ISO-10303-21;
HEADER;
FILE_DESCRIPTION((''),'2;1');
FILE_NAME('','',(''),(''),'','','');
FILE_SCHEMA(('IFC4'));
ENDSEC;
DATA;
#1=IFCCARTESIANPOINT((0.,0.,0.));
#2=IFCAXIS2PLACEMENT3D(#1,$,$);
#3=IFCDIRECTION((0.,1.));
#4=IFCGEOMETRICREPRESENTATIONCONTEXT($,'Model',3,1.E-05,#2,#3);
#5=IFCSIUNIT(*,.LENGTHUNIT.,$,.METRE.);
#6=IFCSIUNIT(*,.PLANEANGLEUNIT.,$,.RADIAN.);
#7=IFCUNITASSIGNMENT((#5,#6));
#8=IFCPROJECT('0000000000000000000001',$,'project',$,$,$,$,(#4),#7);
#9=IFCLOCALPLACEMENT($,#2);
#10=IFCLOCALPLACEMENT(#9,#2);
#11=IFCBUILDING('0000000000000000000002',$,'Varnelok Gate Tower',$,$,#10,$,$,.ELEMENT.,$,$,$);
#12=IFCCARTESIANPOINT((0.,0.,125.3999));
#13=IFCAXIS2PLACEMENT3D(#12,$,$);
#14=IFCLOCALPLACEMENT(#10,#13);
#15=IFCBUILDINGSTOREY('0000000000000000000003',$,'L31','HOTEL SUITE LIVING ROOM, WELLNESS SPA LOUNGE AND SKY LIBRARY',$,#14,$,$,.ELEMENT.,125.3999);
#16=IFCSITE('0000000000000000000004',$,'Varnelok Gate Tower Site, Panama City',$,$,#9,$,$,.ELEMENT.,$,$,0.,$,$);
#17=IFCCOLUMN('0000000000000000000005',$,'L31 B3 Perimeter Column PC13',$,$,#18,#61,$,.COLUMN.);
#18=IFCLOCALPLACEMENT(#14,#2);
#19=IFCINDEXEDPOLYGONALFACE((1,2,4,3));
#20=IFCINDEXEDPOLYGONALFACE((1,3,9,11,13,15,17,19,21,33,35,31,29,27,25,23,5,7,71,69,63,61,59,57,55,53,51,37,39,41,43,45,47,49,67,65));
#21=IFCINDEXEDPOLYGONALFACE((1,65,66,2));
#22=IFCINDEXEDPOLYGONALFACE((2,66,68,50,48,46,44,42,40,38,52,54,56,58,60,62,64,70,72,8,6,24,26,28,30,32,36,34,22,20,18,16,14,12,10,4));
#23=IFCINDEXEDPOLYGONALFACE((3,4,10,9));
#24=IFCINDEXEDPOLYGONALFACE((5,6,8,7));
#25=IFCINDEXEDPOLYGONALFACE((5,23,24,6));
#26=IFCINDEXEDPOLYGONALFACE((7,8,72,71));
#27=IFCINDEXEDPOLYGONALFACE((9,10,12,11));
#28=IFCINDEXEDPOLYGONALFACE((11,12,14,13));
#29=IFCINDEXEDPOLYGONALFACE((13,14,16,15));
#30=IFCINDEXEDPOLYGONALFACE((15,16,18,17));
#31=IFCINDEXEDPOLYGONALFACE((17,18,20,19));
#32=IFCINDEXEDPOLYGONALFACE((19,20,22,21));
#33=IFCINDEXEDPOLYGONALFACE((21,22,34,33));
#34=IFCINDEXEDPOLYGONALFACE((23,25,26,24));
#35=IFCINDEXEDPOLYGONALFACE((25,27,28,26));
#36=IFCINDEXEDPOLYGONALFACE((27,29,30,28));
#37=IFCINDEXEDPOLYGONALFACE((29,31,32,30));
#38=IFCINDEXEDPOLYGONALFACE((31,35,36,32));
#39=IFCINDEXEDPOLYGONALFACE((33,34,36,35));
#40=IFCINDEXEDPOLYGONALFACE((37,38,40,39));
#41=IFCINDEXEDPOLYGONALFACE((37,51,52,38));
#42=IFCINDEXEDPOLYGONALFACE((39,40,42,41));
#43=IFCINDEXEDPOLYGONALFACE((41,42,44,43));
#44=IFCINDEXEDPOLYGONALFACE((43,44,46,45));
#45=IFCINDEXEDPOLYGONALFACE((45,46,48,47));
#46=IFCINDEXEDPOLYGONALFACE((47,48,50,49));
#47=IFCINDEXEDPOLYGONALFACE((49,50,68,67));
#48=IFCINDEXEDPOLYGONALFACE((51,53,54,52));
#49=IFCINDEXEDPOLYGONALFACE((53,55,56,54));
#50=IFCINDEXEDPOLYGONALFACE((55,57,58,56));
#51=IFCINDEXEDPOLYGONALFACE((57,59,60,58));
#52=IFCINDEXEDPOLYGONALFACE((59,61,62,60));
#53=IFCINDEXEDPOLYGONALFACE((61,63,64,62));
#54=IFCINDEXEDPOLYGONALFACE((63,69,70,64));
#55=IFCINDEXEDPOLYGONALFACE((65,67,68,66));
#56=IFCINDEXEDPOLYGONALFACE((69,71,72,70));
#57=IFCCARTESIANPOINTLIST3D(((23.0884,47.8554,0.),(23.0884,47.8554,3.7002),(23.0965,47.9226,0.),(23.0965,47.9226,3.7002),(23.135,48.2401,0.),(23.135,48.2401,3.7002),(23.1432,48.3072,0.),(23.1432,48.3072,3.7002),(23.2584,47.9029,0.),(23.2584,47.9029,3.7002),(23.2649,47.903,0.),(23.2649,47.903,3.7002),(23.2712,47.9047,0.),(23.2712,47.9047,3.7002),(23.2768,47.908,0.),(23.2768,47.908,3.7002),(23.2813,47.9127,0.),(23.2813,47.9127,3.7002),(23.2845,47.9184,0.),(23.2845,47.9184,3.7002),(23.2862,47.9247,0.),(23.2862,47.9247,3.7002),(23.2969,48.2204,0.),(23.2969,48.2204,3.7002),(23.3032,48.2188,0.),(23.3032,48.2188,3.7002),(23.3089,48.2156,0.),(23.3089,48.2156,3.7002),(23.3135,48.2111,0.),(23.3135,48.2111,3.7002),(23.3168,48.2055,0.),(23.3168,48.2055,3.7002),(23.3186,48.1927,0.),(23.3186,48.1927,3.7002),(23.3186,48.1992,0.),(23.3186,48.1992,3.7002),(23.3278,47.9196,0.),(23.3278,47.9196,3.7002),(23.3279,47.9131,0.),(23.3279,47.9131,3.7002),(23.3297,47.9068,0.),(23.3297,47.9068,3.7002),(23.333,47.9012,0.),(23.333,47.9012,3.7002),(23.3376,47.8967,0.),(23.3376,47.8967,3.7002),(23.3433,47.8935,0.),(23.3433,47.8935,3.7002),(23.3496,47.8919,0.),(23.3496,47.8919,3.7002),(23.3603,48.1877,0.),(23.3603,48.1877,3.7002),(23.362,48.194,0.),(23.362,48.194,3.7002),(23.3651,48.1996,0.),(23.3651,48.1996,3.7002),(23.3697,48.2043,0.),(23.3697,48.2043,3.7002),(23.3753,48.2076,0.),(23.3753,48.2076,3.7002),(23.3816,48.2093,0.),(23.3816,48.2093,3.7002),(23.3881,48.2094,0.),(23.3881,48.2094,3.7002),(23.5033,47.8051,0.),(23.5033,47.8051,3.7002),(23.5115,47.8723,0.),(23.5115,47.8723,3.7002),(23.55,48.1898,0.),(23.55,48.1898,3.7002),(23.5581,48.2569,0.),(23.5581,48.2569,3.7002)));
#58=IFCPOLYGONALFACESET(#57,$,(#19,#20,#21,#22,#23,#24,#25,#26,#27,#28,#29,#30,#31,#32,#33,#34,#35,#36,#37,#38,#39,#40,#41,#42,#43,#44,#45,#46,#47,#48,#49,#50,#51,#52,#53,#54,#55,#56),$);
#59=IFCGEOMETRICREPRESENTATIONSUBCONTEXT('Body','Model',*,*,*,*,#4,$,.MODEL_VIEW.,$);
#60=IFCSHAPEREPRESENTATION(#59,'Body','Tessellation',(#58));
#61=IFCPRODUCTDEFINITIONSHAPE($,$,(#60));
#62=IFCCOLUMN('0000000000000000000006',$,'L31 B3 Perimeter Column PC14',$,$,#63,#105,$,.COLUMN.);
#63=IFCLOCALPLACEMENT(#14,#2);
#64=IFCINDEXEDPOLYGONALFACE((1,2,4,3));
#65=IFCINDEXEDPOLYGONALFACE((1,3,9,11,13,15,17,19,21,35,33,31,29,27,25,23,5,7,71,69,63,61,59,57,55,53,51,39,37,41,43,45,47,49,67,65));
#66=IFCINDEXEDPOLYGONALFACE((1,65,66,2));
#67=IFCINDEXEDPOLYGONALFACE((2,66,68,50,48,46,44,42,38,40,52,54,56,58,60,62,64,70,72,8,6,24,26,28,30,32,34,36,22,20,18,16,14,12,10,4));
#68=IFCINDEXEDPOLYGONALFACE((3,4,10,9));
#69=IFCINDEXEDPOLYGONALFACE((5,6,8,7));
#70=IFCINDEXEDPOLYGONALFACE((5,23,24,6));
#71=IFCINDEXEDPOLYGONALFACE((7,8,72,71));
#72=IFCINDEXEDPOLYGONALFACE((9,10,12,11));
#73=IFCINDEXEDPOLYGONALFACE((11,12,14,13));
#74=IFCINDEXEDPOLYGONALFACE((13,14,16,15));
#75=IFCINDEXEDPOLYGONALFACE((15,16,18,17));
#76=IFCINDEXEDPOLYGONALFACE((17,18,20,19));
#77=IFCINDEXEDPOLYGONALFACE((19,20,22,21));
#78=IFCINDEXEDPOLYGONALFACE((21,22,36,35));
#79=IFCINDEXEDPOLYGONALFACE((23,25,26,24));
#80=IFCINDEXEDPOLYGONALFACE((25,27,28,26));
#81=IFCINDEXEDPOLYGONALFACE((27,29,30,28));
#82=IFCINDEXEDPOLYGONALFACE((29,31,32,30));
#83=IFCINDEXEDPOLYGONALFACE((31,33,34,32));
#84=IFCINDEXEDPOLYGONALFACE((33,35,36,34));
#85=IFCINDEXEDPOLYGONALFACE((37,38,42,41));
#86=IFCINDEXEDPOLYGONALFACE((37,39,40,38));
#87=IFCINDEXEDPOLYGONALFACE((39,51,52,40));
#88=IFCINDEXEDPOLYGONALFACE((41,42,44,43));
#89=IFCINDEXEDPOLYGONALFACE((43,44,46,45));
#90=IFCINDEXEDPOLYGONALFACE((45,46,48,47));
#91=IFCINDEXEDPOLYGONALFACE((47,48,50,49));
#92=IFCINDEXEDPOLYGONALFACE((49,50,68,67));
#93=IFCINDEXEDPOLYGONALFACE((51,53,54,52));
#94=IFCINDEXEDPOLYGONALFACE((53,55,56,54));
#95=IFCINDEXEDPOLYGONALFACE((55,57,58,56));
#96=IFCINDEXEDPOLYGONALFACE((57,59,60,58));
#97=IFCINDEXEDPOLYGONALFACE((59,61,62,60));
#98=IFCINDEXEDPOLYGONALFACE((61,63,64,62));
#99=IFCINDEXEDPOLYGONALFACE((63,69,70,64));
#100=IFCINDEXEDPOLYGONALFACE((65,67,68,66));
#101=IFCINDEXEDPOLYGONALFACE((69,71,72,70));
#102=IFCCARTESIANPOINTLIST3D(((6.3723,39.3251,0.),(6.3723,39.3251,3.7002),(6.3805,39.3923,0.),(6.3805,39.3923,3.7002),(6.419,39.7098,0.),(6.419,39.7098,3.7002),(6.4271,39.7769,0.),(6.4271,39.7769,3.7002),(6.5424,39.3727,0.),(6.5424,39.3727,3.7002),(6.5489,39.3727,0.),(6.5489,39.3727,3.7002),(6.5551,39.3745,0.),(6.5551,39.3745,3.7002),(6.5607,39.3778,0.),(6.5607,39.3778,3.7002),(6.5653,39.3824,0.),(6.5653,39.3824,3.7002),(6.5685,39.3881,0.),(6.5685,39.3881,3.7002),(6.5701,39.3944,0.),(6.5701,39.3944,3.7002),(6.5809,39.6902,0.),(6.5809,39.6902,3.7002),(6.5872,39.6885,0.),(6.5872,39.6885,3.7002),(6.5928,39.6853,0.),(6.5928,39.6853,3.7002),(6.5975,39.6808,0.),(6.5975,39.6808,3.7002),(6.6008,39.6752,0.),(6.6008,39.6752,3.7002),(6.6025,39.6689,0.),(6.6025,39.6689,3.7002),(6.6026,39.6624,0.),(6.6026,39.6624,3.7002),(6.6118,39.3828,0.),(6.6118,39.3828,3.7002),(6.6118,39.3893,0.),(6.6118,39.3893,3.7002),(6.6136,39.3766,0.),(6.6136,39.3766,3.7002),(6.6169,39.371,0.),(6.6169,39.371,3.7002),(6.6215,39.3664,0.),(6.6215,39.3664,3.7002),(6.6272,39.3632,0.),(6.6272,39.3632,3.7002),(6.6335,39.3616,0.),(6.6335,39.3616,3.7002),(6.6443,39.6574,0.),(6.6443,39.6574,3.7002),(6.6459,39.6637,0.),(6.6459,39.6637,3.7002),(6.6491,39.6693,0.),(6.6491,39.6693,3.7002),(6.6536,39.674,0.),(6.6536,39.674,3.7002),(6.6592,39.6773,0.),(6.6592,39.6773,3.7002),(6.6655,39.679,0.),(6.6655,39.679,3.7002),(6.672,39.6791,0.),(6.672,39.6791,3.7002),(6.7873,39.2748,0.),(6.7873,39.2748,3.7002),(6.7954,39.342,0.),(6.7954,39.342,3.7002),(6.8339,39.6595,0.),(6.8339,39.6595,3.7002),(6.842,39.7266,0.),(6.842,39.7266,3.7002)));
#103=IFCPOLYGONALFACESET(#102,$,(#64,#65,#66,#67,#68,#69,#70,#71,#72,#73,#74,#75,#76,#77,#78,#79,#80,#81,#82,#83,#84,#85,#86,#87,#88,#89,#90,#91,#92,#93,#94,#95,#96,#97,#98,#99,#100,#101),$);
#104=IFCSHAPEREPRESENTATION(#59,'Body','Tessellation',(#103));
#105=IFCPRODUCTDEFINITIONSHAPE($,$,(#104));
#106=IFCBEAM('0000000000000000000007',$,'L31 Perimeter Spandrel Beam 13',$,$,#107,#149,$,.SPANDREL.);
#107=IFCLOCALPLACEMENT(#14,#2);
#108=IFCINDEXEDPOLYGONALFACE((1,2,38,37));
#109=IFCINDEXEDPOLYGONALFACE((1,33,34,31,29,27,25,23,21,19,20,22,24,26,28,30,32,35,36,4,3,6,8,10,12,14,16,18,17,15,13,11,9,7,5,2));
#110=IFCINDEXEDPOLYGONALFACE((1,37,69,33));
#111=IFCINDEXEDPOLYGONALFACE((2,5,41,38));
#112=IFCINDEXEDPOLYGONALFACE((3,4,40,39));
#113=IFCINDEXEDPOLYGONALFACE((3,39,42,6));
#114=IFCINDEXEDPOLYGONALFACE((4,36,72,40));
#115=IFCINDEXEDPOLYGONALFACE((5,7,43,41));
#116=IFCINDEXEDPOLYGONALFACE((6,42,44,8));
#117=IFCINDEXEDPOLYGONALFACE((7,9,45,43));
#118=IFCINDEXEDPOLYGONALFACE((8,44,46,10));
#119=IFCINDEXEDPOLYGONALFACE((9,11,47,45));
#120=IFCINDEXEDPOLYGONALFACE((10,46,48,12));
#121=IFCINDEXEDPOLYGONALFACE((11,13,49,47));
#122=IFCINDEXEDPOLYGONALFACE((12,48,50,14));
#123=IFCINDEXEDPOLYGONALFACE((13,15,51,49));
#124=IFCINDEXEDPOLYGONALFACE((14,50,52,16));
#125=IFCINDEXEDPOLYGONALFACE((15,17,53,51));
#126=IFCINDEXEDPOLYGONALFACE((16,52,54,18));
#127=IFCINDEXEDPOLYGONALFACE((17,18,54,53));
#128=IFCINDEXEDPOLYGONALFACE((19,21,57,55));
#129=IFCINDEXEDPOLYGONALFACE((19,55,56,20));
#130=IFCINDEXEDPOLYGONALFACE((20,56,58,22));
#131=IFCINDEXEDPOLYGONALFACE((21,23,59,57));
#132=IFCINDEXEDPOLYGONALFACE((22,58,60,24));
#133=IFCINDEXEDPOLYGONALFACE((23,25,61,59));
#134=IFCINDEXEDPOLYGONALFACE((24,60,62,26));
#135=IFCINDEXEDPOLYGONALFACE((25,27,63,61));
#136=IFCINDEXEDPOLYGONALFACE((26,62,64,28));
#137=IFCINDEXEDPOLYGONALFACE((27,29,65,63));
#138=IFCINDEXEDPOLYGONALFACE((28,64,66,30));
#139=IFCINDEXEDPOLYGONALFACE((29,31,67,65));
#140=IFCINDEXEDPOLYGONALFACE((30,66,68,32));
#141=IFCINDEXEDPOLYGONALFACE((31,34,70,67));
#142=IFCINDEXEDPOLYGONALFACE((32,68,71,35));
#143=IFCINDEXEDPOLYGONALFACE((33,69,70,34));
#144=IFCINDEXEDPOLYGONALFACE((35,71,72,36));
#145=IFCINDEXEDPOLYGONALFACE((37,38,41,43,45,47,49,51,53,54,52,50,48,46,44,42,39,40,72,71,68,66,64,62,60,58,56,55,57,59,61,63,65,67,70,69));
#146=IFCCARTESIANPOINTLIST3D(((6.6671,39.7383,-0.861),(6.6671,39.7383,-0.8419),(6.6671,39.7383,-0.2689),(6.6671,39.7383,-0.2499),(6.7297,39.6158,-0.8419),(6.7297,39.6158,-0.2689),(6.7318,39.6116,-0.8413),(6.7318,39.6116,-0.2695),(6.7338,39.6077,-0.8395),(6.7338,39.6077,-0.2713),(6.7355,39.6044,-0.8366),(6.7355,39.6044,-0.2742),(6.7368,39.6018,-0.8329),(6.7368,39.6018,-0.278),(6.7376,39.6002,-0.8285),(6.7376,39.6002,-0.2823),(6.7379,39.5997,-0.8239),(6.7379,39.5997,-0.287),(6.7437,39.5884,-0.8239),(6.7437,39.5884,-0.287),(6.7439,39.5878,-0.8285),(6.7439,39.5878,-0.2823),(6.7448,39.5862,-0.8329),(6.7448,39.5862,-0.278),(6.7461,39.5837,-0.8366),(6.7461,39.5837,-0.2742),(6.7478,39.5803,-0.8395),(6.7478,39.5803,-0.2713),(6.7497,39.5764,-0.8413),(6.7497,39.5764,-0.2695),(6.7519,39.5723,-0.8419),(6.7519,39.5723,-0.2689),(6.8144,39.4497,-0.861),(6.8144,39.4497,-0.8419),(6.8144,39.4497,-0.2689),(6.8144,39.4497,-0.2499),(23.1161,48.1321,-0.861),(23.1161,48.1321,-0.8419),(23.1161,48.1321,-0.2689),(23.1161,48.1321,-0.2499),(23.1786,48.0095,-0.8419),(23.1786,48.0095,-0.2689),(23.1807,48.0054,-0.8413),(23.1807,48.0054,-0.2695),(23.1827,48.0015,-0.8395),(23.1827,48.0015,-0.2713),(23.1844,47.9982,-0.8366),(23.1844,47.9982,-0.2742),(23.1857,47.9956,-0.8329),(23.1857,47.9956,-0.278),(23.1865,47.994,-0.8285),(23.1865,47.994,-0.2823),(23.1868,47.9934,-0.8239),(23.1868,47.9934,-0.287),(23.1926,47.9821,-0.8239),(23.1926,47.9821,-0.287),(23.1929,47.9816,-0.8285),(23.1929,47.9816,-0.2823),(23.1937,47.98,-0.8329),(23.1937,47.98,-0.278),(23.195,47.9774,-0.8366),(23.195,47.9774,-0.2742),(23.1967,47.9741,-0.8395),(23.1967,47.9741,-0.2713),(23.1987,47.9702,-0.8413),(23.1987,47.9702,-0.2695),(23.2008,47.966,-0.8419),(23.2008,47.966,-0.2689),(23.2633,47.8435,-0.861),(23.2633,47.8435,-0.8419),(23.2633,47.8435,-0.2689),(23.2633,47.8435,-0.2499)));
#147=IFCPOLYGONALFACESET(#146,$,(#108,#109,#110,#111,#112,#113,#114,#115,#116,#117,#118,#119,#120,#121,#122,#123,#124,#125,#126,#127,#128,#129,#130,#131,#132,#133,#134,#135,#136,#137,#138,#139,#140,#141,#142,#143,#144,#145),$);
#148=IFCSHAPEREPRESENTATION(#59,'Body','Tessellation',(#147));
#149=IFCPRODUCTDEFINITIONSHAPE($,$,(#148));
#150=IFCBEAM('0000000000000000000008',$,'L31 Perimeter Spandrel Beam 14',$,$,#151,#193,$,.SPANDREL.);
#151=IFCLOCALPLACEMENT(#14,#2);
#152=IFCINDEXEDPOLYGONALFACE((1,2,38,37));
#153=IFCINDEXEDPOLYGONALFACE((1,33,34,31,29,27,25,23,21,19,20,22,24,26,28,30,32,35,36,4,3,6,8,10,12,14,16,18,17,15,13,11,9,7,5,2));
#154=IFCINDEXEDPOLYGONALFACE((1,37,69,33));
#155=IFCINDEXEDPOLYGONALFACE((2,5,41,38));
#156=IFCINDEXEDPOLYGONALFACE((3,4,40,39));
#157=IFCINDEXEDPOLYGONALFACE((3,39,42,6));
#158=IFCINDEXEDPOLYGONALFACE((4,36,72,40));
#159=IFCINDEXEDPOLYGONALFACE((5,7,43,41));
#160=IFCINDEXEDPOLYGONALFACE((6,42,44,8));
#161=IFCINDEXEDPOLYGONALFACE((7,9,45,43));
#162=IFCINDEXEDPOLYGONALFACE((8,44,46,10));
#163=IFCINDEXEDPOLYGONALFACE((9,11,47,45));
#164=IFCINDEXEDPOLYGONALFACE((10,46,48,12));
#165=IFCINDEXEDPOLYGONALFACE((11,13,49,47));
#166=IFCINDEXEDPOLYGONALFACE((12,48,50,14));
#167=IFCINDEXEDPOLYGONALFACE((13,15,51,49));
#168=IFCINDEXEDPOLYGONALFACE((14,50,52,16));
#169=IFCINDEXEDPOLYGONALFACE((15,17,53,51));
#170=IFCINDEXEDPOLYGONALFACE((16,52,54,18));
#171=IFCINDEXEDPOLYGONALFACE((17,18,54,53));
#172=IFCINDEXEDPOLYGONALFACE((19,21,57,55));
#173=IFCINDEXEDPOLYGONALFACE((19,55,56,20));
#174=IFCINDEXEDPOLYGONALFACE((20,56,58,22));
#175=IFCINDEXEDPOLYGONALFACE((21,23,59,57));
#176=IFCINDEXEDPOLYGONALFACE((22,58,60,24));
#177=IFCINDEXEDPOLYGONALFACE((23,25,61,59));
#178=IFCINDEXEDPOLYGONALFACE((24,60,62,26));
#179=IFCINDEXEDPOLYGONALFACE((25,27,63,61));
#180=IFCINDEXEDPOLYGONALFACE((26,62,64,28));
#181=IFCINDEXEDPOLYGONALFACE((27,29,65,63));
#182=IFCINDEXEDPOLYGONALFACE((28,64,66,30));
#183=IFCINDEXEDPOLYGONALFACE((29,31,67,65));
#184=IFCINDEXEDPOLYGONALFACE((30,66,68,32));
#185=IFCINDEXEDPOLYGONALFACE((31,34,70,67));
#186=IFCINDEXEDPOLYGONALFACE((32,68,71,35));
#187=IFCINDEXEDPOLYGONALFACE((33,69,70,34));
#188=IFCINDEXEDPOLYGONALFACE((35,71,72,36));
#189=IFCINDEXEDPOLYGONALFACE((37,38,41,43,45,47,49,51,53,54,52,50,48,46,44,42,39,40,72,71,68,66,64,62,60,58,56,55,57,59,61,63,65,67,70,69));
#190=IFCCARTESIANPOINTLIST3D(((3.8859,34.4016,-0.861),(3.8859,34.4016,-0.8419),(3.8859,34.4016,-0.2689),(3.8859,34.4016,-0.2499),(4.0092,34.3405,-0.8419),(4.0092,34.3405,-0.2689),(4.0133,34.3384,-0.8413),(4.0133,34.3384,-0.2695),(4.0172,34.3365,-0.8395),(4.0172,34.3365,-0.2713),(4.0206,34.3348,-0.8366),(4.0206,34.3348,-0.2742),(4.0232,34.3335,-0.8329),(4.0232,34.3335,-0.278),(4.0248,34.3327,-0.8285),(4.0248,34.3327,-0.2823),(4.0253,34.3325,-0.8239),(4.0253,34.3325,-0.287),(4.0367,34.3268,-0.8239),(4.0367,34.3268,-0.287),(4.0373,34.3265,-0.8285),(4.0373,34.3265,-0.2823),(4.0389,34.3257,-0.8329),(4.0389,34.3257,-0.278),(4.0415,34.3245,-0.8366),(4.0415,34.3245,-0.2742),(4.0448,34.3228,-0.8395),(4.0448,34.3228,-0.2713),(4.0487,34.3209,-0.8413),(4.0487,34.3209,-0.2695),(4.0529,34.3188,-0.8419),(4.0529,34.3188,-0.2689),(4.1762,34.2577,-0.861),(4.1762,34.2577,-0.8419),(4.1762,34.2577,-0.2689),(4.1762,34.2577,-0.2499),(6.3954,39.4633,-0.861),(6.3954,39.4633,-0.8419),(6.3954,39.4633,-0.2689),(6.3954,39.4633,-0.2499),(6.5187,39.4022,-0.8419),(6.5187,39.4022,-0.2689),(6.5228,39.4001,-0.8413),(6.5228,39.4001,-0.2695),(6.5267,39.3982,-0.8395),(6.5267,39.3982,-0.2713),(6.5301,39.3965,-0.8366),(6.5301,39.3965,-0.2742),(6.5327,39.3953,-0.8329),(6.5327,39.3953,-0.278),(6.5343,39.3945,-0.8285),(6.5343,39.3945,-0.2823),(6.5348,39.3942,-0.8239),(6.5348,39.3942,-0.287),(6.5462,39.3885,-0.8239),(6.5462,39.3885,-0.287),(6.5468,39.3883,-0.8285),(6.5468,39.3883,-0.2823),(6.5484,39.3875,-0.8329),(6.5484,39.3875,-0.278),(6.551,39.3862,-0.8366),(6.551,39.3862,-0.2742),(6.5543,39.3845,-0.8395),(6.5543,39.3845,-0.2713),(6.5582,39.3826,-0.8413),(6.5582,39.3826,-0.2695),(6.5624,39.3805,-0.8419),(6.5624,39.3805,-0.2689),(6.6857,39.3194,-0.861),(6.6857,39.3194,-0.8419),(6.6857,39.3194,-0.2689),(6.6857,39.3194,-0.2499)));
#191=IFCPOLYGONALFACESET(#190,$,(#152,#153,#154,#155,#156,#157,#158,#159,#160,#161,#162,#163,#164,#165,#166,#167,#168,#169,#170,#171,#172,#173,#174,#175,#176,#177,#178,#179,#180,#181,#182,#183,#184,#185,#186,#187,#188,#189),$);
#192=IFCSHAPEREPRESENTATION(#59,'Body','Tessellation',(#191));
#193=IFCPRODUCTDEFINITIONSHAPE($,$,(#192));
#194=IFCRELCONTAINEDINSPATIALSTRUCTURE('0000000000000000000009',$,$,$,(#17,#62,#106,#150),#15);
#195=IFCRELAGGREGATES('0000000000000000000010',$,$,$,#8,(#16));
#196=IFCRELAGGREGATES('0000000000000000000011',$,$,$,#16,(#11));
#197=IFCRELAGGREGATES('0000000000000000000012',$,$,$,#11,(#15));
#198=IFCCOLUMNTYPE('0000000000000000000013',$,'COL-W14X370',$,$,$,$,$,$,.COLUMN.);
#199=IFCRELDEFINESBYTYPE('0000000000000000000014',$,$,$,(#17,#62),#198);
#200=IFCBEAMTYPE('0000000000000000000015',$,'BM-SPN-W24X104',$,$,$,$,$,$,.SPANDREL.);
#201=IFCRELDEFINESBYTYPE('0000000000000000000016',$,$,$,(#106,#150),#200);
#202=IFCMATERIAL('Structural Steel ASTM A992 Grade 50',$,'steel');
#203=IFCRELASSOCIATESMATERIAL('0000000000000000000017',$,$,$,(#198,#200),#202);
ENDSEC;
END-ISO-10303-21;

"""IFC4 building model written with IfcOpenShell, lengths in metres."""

from ifc_helpers import new_model, si_unit, direction, frame, origin, origin_2d, place, context, subcontext, project, spatial, i_section, extrude, material, material_profile, profile_set, type_object, element, save


model = new_model("IFC4")

# Units and contexts
model_context = context("Model", 3, precision=1e-05, world=origin(), true_north=direction((0.0, 1.0)))
body_context = subcontext(model_context, "Body", "Model", "MODEL_VIEW")
ifc_project = project(units=[si_unit("LENGTHUNIT", "METRE"), si_unit("PLANEANGLEUNIT", "RADIAN")], contexts=[model_context])

# Site, building, storey
site_placement = place(None, origin())
site = spatial("IfcSite", under=ifc_project, at=site_placement, Name="Varnelok Gate Tower Site, Panama City", CompositionType="ELEMENT", RefElevation=0.0)
building_placement = place(site_placement, origin())
building = spatial("IfcBuilding", under=site, at=building_placement, Name="Varnelok Gate Tower", CompositionType="ELEMENT")
storey_placement = place(building_placement, frame((0.0, 0.0, 125.3999)))
storey = spatial("IfcBuildingStorey", under=building, at=storey_placement, Name="L31", Description="HOTEL SUITE LIVING ROOM, WELLNESS SPA LOUNGE AND SKY LIBRARY", CompositionType="ELEMENT", Elevation=125.3999)

# Columns
ifc_material_1 = material(Name="Structural Steel ASTM A992 Grade 50", Category="steel")
ifc_material_profile_1 = material_profile(ifc_material_1, i_section(OverallWidth=0.418, OverallDepth=0.4551, WebThickness=0.042, FlangeThickness=0.0676, FilletRadius=0.0249, at=origin_2d()), Name="W14X370")
ifc_profile_set_1 = profile_set([ifc_material_profile_1], Name="Structural Steel ASTM A992 Grade 50")
column_type = type_object("IfcColumnType", Name="COL-W14X370", PredefinedType="COLUMN", material=ifc_profile_set_1)
for number, where, z_axis, x_axis, name in (
    (1, (23.3232, 48.0562, 0.0), (0.0, 0.0, 1.0), (0.992732, -0.120345, 0.0), "L31 B3 Perimeter Column PC13"),
    (2, (6.6072, 39.5259, 0.0), (0.0, 0.0, 1.0), (0.992732, -0.120345, 0.0), "L31 B3 Perimeter Column PC14"),
):
    element("IfcColumn", number, at=place(storey_placement, frame(where, z_axis=z_axis, x_axis=x_axis)), inside=storey, type_object=column_type, Name=name, PredefinedType="COLUMN", context=body_context, shape_type="SweptSolid", body=[
        extrude(i_section(OverallWidth=0.418, OverallDepth=0.4551, WebThickness=0.042, FlangeThickness=0.0676, FilletRadius=0.0249, at=origin_2d()), origin(), (0.0, 0.0, 1.0), 3.7002),
    ])

# Beams
ifc_material_profile_2 = material_profile(ifc_material_1, i_section(OverallWidth=0.324, OverallDepth=0.6111, WebThickness=0.0127, FlangeThickness=0.019, FilletRadius=0.0181, at=origin_2d()), Name="W24X104")
ifc_profile_set_2 = profile_set([ifc_material_profile_2], Name="Structural Steel ASTM A992 Grade 50")
beam_type = type_object("IfcBeamType", Name="BM-SPN-W24X104", PredefinedType="SPANDREL", material=ifc_profile_set_2)
beam_1_placement = place(storey_placement, frame((23.1897, 47.9878, -0.5554), z_axis=(-0.89073, -0.454533, 0.0), x_axis=(0.454533, -0.89073, 0.0)))
element("IfcBeam", 3, at=beam_1_placement, inside=storey, type_object=beam_type, Name="L31 Perimeter Spandrel Beam 13", PredefinedType="SPANDREL", context=body_context, shape_type="SweptSolid", body=[
    extrude(i_section(OverallWidth=0.324, OverallDepth=0.6111, WebThickness=0.0127, FlangeThickness=0.019, FilletRadius=0.0181, at=origin_2d()), origin(), (0.0, 0.0, 1.0), 18.4668),
])
beam_2_placement = place(storey_placement, frame((6.5405, 39.3914, -0.5554), z_axis=(-0.444186, -0.895935, 0.0), x_axis=(0.895935, -0.444186, 0.0)))
element("IfcBeam", 4, at=beam_2_placement, inside=storey, type_object=beam_type, Name="L31 Perimeter Spandrel Beam 14", PredefinedType="SPANDREL", context=body_context, shape_type="SweptSolid", body=[
    extrude(i_section(OverallWidth=0.324, OverallDepth=0.6111, WebThickness=0.0127, FlangeThickness=0.019, FilletRadius=0.0181, at=origin_2d()), origin(), (0.0, 0.0, 1.0), 5.6497),
])

save(model, "model.ifc")
